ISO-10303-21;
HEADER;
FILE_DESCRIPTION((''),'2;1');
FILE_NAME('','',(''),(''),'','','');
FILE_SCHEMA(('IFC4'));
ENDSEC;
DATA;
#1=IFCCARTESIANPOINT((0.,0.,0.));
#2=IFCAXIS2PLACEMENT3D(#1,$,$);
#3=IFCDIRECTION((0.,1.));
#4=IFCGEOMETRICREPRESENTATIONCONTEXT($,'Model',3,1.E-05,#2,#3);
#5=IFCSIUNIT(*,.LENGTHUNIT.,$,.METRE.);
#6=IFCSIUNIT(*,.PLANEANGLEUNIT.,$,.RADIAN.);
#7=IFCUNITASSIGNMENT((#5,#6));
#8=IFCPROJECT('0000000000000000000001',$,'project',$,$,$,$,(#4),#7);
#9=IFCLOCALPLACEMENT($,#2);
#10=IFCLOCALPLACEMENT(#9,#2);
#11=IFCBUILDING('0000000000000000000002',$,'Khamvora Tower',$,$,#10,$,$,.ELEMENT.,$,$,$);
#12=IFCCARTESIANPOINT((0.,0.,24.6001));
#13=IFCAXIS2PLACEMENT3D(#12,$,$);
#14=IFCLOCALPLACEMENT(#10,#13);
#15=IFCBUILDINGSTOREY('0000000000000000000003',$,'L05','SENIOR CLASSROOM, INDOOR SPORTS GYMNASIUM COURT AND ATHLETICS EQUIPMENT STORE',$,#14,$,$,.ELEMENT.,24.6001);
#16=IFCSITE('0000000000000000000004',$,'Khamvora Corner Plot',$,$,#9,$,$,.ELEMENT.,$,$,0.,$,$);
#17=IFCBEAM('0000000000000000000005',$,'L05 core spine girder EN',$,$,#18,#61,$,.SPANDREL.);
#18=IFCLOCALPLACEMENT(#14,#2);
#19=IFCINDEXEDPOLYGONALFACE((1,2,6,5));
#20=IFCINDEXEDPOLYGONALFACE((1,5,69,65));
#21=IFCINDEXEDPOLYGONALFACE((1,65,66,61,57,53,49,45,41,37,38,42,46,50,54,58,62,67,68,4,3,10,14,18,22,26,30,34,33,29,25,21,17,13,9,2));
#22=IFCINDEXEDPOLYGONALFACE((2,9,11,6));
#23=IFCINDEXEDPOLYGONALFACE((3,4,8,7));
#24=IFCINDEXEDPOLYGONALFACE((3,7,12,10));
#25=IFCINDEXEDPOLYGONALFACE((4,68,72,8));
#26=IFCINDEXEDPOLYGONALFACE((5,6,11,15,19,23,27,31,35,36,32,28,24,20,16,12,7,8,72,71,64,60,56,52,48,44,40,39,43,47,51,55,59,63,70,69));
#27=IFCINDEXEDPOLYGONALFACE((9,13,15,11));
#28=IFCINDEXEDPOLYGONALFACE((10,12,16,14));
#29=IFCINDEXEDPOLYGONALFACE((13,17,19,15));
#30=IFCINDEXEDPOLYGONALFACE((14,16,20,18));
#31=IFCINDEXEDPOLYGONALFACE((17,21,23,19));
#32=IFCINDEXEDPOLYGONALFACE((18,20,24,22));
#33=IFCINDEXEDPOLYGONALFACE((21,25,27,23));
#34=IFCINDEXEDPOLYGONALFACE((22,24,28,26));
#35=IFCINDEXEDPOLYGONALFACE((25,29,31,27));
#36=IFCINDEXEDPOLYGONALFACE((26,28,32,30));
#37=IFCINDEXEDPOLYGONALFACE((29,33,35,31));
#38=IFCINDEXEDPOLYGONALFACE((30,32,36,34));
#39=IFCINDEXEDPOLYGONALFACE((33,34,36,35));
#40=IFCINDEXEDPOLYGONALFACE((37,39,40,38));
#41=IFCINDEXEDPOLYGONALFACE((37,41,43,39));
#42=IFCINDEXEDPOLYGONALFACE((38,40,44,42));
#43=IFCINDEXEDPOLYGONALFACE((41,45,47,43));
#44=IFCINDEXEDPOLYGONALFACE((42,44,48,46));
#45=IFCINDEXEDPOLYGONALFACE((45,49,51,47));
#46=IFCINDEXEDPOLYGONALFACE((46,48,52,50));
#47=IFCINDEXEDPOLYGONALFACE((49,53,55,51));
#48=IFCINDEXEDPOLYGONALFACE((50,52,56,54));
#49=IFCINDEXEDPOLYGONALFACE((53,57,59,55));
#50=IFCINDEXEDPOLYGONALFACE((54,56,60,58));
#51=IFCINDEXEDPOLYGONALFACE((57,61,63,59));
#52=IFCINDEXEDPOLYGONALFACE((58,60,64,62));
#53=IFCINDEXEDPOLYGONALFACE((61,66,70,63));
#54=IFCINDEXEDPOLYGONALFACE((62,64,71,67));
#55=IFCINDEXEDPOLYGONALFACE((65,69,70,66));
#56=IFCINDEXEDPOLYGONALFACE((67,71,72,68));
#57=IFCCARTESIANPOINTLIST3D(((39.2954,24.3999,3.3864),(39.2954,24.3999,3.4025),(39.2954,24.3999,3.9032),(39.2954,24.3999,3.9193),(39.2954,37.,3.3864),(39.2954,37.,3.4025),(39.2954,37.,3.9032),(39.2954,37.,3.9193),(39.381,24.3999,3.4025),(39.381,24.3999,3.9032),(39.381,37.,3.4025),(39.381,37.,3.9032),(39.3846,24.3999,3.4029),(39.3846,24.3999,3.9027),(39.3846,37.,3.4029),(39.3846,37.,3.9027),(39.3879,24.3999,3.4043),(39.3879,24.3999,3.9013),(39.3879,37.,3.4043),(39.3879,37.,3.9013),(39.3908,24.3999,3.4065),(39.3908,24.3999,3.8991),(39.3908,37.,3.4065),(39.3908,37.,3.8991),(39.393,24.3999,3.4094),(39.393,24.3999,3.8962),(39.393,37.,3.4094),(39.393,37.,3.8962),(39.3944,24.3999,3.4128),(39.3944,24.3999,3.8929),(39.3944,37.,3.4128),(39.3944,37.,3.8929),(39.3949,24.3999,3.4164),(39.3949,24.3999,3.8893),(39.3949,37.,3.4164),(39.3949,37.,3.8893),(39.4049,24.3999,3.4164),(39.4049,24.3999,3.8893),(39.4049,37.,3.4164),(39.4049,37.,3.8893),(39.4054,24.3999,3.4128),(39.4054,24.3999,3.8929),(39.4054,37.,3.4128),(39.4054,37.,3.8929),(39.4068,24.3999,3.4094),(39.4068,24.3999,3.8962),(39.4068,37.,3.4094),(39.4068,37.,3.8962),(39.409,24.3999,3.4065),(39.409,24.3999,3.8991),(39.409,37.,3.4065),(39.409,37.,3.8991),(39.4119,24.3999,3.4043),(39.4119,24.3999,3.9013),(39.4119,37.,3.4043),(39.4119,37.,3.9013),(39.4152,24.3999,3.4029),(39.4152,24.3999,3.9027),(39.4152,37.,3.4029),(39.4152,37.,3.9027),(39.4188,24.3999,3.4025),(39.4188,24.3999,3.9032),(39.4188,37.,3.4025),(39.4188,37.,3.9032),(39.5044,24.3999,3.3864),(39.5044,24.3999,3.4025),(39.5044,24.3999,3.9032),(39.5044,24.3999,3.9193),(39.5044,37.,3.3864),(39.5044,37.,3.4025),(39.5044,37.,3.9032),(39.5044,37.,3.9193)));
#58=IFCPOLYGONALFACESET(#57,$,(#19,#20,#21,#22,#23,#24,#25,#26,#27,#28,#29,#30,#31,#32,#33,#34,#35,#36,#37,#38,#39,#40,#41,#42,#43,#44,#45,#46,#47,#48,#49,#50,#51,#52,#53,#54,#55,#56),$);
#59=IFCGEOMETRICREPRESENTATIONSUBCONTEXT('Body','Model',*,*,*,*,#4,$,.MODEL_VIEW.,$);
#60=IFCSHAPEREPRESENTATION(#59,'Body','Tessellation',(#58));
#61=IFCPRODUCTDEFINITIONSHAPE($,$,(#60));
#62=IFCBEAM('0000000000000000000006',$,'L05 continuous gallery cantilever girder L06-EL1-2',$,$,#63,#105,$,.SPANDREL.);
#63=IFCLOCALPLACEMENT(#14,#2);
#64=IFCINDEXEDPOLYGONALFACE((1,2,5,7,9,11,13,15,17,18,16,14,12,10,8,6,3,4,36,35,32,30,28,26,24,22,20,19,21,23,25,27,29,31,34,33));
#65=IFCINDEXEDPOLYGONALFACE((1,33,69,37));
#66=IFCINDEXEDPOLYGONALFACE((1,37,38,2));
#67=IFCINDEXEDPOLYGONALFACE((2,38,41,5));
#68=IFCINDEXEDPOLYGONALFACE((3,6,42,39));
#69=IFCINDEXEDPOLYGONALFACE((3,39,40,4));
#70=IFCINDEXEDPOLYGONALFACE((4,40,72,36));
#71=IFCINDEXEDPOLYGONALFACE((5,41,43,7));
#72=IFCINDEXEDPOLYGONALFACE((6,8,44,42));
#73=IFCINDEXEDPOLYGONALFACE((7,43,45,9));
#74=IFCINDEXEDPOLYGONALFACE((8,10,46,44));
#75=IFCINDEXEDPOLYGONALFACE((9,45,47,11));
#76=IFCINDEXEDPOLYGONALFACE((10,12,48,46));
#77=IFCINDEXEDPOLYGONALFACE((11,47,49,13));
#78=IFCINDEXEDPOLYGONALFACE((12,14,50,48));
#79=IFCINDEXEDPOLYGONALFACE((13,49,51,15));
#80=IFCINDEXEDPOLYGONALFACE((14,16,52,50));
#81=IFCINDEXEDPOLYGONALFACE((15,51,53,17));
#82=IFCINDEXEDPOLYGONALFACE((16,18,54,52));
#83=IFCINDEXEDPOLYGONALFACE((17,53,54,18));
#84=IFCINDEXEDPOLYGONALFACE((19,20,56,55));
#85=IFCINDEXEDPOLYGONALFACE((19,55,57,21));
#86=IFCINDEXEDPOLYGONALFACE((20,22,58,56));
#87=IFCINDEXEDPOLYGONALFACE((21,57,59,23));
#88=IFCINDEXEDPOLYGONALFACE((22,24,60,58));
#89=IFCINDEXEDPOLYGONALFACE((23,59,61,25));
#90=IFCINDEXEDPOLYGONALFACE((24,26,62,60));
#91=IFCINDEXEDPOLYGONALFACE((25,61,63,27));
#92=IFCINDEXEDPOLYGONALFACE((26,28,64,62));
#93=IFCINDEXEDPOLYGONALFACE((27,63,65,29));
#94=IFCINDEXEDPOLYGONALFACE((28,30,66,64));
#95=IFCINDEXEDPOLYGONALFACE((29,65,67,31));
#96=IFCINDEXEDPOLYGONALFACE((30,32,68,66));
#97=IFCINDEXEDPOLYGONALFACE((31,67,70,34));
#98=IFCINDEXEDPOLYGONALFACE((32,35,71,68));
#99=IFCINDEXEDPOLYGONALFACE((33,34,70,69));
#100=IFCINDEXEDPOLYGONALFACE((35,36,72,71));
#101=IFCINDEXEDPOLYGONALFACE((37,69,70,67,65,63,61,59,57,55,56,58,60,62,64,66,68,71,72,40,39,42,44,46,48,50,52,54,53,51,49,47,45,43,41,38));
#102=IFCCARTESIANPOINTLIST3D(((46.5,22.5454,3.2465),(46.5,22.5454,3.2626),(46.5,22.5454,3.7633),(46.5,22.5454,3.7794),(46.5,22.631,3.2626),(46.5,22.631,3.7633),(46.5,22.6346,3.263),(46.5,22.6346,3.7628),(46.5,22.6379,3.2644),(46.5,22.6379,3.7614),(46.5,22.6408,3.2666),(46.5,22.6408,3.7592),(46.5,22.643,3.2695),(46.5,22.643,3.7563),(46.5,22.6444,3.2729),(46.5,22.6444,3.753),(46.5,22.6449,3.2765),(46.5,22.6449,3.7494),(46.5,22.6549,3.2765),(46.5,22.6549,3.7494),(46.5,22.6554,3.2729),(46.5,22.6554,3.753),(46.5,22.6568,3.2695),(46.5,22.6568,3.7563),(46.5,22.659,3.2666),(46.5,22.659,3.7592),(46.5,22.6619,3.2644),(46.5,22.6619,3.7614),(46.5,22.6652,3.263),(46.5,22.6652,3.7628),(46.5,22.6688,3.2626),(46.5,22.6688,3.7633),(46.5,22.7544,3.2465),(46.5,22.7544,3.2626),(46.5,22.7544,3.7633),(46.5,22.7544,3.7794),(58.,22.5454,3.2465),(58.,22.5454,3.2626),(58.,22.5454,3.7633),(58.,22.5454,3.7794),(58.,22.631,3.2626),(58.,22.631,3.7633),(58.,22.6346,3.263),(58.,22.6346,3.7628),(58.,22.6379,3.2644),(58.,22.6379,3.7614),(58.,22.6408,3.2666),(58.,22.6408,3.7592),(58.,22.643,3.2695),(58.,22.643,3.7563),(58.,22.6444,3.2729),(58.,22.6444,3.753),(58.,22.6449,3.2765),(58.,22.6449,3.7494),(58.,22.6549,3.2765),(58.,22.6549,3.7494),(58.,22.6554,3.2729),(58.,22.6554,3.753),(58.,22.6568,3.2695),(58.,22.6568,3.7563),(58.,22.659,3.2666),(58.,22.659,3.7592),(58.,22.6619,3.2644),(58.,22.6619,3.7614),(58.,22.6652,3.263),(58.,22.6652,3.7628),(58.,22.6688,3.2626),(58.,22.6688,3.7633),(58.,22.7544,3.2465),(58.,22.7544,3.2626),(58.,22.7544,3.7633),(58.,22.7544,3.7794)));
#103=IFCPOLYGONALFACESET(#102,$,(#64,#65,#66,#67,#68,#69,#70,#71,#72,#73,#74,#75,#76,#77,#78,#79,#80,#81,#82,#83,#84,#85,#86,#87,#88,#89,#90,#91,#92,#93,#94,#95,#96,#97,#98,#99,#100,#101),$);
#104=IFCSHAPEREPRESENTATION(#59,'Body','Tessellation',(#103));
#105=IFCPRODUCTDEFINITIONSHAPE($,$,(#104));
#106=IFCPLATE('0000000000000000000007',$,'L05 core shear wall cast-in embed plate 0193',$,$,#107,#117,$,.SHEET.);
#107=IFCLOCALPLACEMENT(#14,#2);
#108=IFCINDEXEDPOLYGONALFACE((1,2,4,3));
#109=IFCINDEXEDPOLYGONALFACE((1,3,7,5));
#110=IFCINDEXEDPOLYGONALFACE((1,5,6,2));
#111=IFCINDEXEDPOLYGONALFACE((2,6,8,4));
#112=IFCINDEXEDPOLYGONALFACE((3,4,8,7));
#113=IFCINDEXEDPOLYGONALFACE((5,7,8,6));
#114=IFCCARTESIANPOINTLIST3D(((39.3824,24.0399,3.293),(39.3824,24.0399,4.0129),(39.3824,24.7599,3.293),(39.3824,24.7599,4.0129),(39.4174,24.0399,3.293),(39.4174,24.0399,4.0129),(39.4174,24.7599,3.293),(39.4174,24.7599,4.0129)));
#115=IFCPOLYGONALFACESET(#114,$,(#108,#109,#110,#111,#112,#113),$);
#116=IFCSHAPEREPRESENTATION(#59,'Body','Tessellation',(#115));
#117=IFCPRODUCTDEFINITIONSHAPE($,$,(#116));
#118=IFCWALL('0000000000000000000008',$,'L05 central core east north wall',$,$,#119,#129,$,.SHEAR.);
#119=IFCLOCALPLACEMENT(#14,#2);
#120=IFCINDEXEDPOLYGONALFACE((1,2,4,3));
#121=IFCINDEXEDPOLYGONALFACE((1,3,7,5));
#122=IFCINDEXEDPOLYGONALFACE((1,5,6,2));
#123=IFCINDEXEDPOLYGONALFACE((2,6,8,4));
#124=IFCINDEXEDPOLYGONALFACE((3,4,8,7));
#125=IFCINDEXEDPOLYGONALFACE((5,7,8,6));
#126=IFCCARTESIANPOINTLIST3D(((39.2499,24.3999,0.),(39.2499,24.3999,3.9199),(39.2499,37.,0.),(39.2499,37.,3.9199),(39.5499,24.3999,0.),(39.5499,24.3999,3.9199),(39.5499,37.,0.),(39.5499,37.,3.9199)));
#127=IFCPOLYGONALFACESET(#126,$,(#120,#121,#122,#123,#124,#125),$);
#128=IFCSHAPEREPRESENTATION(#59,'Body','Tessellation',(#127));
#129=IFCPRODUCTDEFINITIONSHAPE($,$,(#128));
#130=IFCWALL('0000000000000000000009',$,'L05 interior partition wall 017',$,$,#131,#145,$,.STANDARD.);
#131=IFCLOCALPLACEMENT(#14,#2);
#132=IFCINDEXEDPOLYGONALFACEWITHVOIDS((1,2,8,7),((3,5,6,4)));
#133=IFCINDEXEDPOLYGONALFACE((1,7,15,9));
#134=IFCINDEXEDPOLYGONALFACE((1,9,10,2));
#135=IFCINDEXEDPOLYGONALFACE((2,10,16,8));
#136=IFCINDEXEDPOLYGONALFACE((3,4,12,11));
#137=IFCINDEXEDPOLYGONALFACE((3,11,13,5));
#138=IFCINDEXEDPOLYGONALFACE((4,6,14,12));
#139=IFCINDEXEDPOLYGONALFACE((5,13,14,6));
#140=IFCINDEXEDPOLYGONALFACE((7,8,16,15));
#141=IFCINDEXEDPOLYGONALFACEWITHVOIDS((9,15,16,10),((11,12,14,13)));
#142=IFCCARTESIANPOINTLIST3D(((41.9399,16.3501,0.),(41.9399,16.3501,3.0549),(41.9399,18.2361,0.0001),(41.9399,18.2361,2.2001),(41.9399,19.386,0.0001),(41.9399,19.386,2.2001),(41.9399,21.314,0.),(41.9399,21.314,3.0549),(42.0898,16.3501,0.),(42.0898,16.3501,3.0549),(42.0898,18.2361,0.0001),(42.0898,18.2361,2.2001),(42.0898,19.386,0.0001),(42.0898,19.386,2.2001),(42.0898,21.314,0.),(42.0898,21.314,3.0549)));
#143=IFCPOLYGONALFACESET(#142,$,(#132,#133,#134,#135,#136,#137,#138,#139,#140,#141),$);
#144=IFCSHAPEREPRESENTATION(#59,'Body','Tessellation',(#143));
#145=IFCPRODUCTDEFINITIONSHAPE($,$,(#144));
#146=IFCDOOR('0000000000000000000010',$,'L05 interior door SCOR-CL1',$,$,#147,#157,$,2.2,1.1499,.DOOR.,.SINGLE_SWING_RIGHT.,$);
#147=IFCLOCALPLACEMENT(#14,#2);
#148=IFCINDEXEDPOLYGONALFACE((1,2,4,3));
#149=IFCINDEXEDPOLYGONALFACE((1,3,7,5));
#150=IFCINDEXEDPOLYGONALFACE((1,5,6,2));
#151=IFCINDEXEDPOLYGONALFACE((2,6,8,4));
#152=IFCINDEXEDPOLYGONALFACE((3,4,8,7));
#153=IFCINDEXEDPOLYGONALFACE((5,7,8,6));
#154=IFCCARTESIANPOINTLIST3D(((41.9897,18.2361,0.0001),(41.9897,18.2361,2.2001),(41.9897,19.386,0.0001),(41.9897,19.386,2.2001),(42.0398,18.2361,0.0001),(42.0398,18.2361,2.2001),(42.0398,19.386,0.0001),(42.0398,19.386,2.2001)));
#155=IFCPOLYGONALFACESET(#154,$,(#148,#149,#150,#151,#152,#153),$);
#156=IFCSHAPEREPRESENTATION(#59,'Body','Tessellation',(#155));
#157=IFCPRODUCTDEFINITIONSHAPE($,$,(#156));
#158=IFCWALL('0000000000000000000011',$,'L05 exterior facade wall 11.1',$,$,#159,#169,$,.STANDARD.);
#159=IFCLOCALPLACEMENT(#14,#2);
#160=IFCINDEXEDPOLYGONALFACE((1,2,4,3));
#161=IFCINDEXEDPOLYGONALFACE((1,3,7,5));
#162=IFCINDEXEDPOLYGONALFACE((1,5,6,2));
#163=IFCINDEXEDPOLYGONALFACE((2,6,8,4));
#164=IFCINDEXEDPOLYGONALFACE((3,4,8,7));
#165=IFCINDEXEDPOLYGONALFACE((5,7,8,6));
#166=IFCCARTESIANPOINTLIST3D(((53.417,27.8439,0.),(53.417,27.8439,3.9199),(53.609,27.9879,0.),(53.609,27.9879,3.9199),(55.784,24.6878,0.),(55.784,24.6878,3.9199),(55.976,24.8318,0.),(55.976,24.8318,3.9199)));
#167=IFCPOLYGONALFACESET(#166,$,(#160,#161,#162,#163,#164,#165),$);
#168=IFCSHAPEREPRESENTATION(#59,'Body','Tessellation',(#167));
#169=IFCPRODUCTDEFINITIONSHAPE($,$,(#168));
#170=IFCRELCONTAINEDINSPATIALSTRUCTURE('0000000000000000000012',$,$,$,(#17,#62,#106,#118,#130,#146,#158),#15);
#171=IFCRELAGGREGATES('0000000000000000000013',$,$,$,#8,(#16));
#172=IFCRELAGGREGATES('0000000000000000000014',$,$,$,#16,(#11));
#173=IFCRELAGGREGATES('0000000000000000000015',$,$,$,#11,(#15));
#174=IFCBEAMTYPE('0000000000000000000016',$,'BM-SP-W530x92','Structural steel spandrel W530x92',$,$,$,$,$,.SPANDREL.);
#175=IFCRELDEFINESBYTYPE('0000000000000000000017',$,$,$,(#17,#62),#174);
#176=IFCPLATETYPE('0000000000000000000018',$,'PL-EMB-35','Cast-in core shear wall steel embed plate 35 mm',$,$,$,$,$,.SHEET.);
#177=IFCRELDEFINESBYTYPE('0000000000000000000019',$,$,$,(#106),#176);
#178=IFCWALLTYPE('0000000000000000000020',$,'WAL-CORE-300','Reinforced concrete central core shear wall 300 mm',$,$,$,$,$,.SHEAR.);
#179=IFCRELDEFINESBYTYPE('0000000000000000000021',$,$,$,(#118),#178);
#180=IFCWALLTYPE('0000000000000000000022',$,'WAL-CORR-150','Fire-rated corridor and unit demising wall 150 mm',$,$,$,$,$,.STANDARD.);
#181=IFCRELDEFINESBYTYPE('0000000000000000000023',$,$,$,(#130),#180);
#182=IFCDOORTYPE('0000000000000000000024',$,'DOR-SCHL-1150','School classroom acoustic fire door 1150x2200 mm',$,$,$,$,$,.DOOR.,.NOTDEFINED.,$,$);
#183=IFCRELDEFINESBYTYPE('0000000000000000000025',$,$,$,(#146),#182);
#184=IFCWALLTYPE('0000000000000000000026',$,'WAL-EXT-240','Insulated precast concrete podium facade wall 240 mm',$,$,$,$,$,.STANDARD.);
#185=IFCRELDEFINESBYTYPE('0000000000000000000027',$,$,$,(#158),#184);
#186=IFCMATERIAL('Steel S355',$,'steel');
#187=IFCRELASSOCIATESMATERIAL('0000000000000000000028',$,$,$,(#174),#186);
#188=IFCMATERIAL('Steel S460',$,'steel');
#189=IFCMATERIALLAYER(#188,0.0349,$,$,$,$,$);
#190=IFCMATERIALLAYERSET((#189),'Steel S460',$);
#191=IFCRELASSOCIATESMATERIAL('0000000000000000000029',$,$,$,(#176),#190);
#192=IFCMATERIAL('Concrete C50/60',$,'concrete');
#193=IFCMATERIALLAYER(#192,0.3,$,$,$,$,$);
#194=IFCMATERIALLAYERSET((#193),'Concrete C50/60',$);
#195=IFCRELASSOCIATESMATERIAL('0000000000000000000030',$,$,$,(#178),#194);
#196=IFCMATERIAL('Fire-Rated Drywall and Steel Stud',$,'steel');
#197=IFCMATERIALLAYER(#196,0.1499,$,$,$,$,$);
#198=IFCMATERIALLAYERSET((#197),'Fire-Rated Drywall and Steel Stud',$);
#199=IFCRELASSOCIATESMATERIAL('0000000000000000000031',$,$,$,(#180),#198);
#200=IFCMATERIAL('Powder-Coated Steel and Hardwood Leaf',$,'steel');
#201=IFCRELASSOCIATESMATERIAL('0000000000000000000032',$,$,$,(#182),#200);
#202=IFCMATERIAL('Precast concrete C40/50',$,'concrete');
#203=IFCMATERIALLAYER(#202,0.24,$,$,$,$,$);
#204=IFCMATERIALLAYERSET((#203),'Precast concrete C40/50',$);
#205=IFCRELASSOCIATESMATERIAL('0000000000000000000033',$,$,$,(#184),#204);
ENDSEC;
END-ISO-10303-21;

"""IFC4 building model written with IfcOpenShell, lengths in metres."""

from ifc_helpers import new_model, si_unit, direction, frame, frame_2d, origin, origin_2d, place, context, subcontext, project, spatial, rectangle, i_section, extrude, material, layer, layer_set, material_profile, profile_set, type_object, element, fill, save


model = new_model("IFC4")

# Units and contexts
model_context = context("Model", 3, precision=1e-05, world=origin(), true_north=direction((0.0, 1.0)))
body_context = subcontext(model_context, "Body", "Model", "MODEL_VIEW")
ifc_project = project(units=[si_unit("LENGTHUNIT", "METRE"), si_unit("PLANEANGLEUNIT", "RADIAN")], contexts=[model_context])

# Site, building, storey
site_placement = place(None, origin())
site = spatial("IfcSite", under=ifc_project, at=site_placement, Name="Khamvora Corner Plot", CompositionType="ELEMENT", RefElevation=0.0)
building_placement = place(site_placement, origin())
building = spatial("IfcBuilding", under=site, at=building_placement, Name="Khamvora Tower", CompositionType="ELEMENT")
storey_placement = place(building_placement, frame((0.0, 0.0, 24.6001)))
storey = spatial("IfcBuildingStorey", under=building, at=storey_placement, Name="L05", Description="SENIOR CLASSROOM, INDOOR SPORTS GYMNASIUM COURT AND ATHLETICS EQUIPMENT STORE", CompositionType="ELEMENT", Elevation=24.6001)

# Shared definitions
ifc_material_1 = material(Name="Steel S460", Category="steel")

# Beams
ifc_material_2 = material(Name="Steel S355", Category="steel")
ifc_material_profile_1 = material_profile(ifc_material_2, i_section(OverallWidth=0.209, OverallDepth=0.533, WebThickness=0.01, FlangeThickness=0.0161, FilletRadius=0.0139, at=origin_2d()), Name="W530x92")
ifc_profile_set_1 = profile_set([ifc_material_profile_1], Name="Steel S355")
beam_type_1 = type_object("IfcBeamType", Name="BM-SP-W530x92", Description="Structural steel spandrel W530x92", PredefinedType="SPANDREL", material=ifc_profile_set_1)
beam_1_placement = place(storey_placement, frame((39.3999, 24.3999, 3.6528), z_axis=(0.0, 1.0, 0.0), x_axis=(-1.0, 0.0, 0.0)))
element("IfcBeam", 1, at=beam_1_placement, inside=storey, type_object=beam_type_1, Name="L05 core spine girder EN", PredefinedType="SPANDREL", context=body_context, shape_type="SweptSolid", body=[
    extrude(i_section(OverallWidth=0.209, OverallDepth=0.533, WebThickness=0.01, FlangeThickness=0.0161, FilletRadius=0.0139, at=origin_2d()), origin(), (0.0, 0.0, 1.0), 12.6001),
])
beam_2_placement = place(storey_placement, frame((46.5, 22.6499, 3.5129), z_axis=(1.0, 0.0, 0.0), x_axis=(0.0, 1.0, 0.0)))
element("IfcBeam", 2, at=beam_2_placement, inside=storey, type_object=beam_type_1, Name="L05 continuous gallery cantilever girder L06-EL1-2", PredefinedType="SPANDREL", context=body_context, shape_type="SweptSolid", body=[
    extrude(i_section(OverallWidth=0.209, OverallDepth=0.533, WebThickness=0.01, FlangeThickness=0.0161, FilletRadius=0.0139, at=origin_2d()), origin(), (0.0, 0.0, 1.0), 11.5),
])

# Plate
ifc_layer_1 = layer(ifc_material_1, 0.0349)
ifc_layer_set_1 = layer_set([ifc_layer_1], Name="Steel S460")
plate_type = type_object("IfcPlateType", Name="PL-EMB-35", Description="Cast-in core shear wall steel embed plate 35 mm", PredefinedType="SHEET", material=ifc_layer_set_1)
plate_placement = place(storey_placement, frame((39.3999, 24.3999, 3.293), z_axis=(0.0, 0.0, 1.0), x_axis=(1.0, 0.0, 0.0)))
element("IfcPlate", 3, at=plate_placement, inside=storey, type_object=plate_type, Name="L05 core shear wall cast-in embed plate 0193", PredefinedType="SHEET", context=body_context, shape_type="SweptSolid", body=[
    extrude(rectangle(XDim=0.0349, YDim=0.72, at=origin_2d()), origin(), (0.0, 0.0, 1.0), 0.72),
])

# Wall
ifc_material_3 = material(Name="Concrete C50/60", Category="concrete")
ifc_layer_2 = layer(ifc_material_3, 0.3)
ifc_layer_set_2 = layer_set([ifc_layer_2], Name="Concrete C50/60")
wall_type_1 = type_object("IfcWallType", Name="WAL-CORE-300", Description="Reinforced concrete central core shear wall 300 mm", PredefinedType="SHEAR", material=ifc_layer_set_2)
wall_1_placement = place(storey_placement, frame((39.3999, 24.3999, 0.0), z_axis=(0.0, 0.0, 1.0), x_axis=(0.0, 1.0, 0.0)))
element("IfcWall", 4, at=wall_1_placement, inside=storey, type_object=wall_type_1, Name="L05 central core east north wall", PredefinedType="SHEAR", context=body_context, shape_type="SweptSolid", body=[
    extrude(rectangle(XDim=12.6001, YDim=0.3, at=frame_2d((6.3, 0.0))), origin(), (0.0, 0.0, 1.0), 3.9199),
])

# Wall, opening, door
ifc_material_4 = material(Name="Fire-Rated Drywall and Steel Stud", Category="steel")
ifc_layer_3 = layer(ifc_material_4, 0.1499)
ifc_layer_set_3 = layer_set([ifc_layer_3], Name="Fire-Rated Drywall and Steel Stud")
wall_type_2 = type_object("IfcWallType", Name="WAL-CORR-150", Description="Fire-rated corridor and unit demising wall 150 mm", PredefinedType="STANDARD", material=ifc_layer_set_3)
wall_2_placement = place(storey_placement, frame((42.0149, 21.314, 0.0), z_axis=(0.0, 0.0, 1.0), x_axis=(0.0, -1.0, 0.0)))
wall_2 = element("IfcWall", 5, at=wall_2_placement, inside=storey, type_object=wall_type_2, Name="L05 interior partition wall 017", PredefinedType="STANDARD", context=body_context, shape_type="SweptSolid", body=[
    extrude(rectangle(XDim=4.9639, YDim=0.1499, at=frame_2d((2.4819, 0.0))), origin(), (0.0, 0.0, 1.0), 3.0549),
])
opening_1_placement = place(wall_2_placement, frame((1.928, 0.0, 0.0)))
opening_1 = element("IfcOpeningElement", 6, at=opening_1_placement, cuts=wall_2, PredefinedType="OPENING", context=body_context, shape_type="SweptSolid", body=[
    extrude(rectangle(XDim=1.1499, YDim=2.2, at=frame_2d((0.575, 1.1001))), frame((0.0, 0.085, 0.0), z_axis=(0.0, -1.0, 0.0), x_axis=(1.0, 0.0, 0.0)), (0.0, 0.0, 1.0), 0.1699),
])
ifc_material_5 = material(Name="Powder-Coated Steel and Hardwood Leaf", Category="steel")
door_type_1 = type_object("IfcDoorType", Name="DOR-SCHL-1150", Description="School classroom acoustic fire door 1150x2200 mm", OperationType="NOTDEFINED", PredefinedType="DOOR", material=ifc_material_5)
door_1_placement = place(opening_1_placement, origin())
door_1 = element("IfcDoor", 7, at=door_1_placement, inside=storey, type_object=door_type_1, Name="L05 interior door SCOR-CL1", OperationType="SINGLE_SWING_RIGHT", OverallHeight=2.2, OverallWidth=1.1499, PredefinedType="DOOR", context=body_context, shape_type="SweptSolid", body=[
    extrude(rectangle(XDim=1.1499, YDim=2.2, at=frame_2d((0.575, 1.1001))), frame((0.0, 0.0249, 0.0), z_axis=(0.0, -1.0, 0.0), x_axis=(1.0, 0.0, 0.0)), (0.0, 0.0, 1.0), 0.05),
])
fill(opening_1, door_1)

# Wall
ifc_material_6 = material(Name="Precast concrete C40/50", Category="concrete")
ifc_layer_4 = layer(ifc_material_6, 0.24)
ifc_layer_set_4 = layer_set([ifc_layer_4], Name="Precast concrete C40/50")
wall_type_3 = type_object("IfcWallType", Name="WAL-EXT-240", Description="Insulated precast concrete podium facade wall 240 mm", PredefinedType="STANDARD", material=ifc_layer_set_4)
wall_3_placement = place(storey_placement, frame((53.5129, 27.916, 0.0), z_axis=(0.0, 0.0, 1.0), x_axis=(0.59999, -0.800007, 0.0)))
element("IfcWall", 8, at=wall_3_placement, inside=storey, type_object=wall_type_3, Name="L05 exterior facade wall 11.1", PredefinedType="STANDARD", context=body_context, shape_type="SweptSolid", body=[
    extrude(rectangle(XDim=3.9451, YDim=0.24, at=frame_2d((1.9727, 0.0))), origin(), (0.0, 0.0, 1.0), 3.9199),
])

save(model, "model.ifc")
